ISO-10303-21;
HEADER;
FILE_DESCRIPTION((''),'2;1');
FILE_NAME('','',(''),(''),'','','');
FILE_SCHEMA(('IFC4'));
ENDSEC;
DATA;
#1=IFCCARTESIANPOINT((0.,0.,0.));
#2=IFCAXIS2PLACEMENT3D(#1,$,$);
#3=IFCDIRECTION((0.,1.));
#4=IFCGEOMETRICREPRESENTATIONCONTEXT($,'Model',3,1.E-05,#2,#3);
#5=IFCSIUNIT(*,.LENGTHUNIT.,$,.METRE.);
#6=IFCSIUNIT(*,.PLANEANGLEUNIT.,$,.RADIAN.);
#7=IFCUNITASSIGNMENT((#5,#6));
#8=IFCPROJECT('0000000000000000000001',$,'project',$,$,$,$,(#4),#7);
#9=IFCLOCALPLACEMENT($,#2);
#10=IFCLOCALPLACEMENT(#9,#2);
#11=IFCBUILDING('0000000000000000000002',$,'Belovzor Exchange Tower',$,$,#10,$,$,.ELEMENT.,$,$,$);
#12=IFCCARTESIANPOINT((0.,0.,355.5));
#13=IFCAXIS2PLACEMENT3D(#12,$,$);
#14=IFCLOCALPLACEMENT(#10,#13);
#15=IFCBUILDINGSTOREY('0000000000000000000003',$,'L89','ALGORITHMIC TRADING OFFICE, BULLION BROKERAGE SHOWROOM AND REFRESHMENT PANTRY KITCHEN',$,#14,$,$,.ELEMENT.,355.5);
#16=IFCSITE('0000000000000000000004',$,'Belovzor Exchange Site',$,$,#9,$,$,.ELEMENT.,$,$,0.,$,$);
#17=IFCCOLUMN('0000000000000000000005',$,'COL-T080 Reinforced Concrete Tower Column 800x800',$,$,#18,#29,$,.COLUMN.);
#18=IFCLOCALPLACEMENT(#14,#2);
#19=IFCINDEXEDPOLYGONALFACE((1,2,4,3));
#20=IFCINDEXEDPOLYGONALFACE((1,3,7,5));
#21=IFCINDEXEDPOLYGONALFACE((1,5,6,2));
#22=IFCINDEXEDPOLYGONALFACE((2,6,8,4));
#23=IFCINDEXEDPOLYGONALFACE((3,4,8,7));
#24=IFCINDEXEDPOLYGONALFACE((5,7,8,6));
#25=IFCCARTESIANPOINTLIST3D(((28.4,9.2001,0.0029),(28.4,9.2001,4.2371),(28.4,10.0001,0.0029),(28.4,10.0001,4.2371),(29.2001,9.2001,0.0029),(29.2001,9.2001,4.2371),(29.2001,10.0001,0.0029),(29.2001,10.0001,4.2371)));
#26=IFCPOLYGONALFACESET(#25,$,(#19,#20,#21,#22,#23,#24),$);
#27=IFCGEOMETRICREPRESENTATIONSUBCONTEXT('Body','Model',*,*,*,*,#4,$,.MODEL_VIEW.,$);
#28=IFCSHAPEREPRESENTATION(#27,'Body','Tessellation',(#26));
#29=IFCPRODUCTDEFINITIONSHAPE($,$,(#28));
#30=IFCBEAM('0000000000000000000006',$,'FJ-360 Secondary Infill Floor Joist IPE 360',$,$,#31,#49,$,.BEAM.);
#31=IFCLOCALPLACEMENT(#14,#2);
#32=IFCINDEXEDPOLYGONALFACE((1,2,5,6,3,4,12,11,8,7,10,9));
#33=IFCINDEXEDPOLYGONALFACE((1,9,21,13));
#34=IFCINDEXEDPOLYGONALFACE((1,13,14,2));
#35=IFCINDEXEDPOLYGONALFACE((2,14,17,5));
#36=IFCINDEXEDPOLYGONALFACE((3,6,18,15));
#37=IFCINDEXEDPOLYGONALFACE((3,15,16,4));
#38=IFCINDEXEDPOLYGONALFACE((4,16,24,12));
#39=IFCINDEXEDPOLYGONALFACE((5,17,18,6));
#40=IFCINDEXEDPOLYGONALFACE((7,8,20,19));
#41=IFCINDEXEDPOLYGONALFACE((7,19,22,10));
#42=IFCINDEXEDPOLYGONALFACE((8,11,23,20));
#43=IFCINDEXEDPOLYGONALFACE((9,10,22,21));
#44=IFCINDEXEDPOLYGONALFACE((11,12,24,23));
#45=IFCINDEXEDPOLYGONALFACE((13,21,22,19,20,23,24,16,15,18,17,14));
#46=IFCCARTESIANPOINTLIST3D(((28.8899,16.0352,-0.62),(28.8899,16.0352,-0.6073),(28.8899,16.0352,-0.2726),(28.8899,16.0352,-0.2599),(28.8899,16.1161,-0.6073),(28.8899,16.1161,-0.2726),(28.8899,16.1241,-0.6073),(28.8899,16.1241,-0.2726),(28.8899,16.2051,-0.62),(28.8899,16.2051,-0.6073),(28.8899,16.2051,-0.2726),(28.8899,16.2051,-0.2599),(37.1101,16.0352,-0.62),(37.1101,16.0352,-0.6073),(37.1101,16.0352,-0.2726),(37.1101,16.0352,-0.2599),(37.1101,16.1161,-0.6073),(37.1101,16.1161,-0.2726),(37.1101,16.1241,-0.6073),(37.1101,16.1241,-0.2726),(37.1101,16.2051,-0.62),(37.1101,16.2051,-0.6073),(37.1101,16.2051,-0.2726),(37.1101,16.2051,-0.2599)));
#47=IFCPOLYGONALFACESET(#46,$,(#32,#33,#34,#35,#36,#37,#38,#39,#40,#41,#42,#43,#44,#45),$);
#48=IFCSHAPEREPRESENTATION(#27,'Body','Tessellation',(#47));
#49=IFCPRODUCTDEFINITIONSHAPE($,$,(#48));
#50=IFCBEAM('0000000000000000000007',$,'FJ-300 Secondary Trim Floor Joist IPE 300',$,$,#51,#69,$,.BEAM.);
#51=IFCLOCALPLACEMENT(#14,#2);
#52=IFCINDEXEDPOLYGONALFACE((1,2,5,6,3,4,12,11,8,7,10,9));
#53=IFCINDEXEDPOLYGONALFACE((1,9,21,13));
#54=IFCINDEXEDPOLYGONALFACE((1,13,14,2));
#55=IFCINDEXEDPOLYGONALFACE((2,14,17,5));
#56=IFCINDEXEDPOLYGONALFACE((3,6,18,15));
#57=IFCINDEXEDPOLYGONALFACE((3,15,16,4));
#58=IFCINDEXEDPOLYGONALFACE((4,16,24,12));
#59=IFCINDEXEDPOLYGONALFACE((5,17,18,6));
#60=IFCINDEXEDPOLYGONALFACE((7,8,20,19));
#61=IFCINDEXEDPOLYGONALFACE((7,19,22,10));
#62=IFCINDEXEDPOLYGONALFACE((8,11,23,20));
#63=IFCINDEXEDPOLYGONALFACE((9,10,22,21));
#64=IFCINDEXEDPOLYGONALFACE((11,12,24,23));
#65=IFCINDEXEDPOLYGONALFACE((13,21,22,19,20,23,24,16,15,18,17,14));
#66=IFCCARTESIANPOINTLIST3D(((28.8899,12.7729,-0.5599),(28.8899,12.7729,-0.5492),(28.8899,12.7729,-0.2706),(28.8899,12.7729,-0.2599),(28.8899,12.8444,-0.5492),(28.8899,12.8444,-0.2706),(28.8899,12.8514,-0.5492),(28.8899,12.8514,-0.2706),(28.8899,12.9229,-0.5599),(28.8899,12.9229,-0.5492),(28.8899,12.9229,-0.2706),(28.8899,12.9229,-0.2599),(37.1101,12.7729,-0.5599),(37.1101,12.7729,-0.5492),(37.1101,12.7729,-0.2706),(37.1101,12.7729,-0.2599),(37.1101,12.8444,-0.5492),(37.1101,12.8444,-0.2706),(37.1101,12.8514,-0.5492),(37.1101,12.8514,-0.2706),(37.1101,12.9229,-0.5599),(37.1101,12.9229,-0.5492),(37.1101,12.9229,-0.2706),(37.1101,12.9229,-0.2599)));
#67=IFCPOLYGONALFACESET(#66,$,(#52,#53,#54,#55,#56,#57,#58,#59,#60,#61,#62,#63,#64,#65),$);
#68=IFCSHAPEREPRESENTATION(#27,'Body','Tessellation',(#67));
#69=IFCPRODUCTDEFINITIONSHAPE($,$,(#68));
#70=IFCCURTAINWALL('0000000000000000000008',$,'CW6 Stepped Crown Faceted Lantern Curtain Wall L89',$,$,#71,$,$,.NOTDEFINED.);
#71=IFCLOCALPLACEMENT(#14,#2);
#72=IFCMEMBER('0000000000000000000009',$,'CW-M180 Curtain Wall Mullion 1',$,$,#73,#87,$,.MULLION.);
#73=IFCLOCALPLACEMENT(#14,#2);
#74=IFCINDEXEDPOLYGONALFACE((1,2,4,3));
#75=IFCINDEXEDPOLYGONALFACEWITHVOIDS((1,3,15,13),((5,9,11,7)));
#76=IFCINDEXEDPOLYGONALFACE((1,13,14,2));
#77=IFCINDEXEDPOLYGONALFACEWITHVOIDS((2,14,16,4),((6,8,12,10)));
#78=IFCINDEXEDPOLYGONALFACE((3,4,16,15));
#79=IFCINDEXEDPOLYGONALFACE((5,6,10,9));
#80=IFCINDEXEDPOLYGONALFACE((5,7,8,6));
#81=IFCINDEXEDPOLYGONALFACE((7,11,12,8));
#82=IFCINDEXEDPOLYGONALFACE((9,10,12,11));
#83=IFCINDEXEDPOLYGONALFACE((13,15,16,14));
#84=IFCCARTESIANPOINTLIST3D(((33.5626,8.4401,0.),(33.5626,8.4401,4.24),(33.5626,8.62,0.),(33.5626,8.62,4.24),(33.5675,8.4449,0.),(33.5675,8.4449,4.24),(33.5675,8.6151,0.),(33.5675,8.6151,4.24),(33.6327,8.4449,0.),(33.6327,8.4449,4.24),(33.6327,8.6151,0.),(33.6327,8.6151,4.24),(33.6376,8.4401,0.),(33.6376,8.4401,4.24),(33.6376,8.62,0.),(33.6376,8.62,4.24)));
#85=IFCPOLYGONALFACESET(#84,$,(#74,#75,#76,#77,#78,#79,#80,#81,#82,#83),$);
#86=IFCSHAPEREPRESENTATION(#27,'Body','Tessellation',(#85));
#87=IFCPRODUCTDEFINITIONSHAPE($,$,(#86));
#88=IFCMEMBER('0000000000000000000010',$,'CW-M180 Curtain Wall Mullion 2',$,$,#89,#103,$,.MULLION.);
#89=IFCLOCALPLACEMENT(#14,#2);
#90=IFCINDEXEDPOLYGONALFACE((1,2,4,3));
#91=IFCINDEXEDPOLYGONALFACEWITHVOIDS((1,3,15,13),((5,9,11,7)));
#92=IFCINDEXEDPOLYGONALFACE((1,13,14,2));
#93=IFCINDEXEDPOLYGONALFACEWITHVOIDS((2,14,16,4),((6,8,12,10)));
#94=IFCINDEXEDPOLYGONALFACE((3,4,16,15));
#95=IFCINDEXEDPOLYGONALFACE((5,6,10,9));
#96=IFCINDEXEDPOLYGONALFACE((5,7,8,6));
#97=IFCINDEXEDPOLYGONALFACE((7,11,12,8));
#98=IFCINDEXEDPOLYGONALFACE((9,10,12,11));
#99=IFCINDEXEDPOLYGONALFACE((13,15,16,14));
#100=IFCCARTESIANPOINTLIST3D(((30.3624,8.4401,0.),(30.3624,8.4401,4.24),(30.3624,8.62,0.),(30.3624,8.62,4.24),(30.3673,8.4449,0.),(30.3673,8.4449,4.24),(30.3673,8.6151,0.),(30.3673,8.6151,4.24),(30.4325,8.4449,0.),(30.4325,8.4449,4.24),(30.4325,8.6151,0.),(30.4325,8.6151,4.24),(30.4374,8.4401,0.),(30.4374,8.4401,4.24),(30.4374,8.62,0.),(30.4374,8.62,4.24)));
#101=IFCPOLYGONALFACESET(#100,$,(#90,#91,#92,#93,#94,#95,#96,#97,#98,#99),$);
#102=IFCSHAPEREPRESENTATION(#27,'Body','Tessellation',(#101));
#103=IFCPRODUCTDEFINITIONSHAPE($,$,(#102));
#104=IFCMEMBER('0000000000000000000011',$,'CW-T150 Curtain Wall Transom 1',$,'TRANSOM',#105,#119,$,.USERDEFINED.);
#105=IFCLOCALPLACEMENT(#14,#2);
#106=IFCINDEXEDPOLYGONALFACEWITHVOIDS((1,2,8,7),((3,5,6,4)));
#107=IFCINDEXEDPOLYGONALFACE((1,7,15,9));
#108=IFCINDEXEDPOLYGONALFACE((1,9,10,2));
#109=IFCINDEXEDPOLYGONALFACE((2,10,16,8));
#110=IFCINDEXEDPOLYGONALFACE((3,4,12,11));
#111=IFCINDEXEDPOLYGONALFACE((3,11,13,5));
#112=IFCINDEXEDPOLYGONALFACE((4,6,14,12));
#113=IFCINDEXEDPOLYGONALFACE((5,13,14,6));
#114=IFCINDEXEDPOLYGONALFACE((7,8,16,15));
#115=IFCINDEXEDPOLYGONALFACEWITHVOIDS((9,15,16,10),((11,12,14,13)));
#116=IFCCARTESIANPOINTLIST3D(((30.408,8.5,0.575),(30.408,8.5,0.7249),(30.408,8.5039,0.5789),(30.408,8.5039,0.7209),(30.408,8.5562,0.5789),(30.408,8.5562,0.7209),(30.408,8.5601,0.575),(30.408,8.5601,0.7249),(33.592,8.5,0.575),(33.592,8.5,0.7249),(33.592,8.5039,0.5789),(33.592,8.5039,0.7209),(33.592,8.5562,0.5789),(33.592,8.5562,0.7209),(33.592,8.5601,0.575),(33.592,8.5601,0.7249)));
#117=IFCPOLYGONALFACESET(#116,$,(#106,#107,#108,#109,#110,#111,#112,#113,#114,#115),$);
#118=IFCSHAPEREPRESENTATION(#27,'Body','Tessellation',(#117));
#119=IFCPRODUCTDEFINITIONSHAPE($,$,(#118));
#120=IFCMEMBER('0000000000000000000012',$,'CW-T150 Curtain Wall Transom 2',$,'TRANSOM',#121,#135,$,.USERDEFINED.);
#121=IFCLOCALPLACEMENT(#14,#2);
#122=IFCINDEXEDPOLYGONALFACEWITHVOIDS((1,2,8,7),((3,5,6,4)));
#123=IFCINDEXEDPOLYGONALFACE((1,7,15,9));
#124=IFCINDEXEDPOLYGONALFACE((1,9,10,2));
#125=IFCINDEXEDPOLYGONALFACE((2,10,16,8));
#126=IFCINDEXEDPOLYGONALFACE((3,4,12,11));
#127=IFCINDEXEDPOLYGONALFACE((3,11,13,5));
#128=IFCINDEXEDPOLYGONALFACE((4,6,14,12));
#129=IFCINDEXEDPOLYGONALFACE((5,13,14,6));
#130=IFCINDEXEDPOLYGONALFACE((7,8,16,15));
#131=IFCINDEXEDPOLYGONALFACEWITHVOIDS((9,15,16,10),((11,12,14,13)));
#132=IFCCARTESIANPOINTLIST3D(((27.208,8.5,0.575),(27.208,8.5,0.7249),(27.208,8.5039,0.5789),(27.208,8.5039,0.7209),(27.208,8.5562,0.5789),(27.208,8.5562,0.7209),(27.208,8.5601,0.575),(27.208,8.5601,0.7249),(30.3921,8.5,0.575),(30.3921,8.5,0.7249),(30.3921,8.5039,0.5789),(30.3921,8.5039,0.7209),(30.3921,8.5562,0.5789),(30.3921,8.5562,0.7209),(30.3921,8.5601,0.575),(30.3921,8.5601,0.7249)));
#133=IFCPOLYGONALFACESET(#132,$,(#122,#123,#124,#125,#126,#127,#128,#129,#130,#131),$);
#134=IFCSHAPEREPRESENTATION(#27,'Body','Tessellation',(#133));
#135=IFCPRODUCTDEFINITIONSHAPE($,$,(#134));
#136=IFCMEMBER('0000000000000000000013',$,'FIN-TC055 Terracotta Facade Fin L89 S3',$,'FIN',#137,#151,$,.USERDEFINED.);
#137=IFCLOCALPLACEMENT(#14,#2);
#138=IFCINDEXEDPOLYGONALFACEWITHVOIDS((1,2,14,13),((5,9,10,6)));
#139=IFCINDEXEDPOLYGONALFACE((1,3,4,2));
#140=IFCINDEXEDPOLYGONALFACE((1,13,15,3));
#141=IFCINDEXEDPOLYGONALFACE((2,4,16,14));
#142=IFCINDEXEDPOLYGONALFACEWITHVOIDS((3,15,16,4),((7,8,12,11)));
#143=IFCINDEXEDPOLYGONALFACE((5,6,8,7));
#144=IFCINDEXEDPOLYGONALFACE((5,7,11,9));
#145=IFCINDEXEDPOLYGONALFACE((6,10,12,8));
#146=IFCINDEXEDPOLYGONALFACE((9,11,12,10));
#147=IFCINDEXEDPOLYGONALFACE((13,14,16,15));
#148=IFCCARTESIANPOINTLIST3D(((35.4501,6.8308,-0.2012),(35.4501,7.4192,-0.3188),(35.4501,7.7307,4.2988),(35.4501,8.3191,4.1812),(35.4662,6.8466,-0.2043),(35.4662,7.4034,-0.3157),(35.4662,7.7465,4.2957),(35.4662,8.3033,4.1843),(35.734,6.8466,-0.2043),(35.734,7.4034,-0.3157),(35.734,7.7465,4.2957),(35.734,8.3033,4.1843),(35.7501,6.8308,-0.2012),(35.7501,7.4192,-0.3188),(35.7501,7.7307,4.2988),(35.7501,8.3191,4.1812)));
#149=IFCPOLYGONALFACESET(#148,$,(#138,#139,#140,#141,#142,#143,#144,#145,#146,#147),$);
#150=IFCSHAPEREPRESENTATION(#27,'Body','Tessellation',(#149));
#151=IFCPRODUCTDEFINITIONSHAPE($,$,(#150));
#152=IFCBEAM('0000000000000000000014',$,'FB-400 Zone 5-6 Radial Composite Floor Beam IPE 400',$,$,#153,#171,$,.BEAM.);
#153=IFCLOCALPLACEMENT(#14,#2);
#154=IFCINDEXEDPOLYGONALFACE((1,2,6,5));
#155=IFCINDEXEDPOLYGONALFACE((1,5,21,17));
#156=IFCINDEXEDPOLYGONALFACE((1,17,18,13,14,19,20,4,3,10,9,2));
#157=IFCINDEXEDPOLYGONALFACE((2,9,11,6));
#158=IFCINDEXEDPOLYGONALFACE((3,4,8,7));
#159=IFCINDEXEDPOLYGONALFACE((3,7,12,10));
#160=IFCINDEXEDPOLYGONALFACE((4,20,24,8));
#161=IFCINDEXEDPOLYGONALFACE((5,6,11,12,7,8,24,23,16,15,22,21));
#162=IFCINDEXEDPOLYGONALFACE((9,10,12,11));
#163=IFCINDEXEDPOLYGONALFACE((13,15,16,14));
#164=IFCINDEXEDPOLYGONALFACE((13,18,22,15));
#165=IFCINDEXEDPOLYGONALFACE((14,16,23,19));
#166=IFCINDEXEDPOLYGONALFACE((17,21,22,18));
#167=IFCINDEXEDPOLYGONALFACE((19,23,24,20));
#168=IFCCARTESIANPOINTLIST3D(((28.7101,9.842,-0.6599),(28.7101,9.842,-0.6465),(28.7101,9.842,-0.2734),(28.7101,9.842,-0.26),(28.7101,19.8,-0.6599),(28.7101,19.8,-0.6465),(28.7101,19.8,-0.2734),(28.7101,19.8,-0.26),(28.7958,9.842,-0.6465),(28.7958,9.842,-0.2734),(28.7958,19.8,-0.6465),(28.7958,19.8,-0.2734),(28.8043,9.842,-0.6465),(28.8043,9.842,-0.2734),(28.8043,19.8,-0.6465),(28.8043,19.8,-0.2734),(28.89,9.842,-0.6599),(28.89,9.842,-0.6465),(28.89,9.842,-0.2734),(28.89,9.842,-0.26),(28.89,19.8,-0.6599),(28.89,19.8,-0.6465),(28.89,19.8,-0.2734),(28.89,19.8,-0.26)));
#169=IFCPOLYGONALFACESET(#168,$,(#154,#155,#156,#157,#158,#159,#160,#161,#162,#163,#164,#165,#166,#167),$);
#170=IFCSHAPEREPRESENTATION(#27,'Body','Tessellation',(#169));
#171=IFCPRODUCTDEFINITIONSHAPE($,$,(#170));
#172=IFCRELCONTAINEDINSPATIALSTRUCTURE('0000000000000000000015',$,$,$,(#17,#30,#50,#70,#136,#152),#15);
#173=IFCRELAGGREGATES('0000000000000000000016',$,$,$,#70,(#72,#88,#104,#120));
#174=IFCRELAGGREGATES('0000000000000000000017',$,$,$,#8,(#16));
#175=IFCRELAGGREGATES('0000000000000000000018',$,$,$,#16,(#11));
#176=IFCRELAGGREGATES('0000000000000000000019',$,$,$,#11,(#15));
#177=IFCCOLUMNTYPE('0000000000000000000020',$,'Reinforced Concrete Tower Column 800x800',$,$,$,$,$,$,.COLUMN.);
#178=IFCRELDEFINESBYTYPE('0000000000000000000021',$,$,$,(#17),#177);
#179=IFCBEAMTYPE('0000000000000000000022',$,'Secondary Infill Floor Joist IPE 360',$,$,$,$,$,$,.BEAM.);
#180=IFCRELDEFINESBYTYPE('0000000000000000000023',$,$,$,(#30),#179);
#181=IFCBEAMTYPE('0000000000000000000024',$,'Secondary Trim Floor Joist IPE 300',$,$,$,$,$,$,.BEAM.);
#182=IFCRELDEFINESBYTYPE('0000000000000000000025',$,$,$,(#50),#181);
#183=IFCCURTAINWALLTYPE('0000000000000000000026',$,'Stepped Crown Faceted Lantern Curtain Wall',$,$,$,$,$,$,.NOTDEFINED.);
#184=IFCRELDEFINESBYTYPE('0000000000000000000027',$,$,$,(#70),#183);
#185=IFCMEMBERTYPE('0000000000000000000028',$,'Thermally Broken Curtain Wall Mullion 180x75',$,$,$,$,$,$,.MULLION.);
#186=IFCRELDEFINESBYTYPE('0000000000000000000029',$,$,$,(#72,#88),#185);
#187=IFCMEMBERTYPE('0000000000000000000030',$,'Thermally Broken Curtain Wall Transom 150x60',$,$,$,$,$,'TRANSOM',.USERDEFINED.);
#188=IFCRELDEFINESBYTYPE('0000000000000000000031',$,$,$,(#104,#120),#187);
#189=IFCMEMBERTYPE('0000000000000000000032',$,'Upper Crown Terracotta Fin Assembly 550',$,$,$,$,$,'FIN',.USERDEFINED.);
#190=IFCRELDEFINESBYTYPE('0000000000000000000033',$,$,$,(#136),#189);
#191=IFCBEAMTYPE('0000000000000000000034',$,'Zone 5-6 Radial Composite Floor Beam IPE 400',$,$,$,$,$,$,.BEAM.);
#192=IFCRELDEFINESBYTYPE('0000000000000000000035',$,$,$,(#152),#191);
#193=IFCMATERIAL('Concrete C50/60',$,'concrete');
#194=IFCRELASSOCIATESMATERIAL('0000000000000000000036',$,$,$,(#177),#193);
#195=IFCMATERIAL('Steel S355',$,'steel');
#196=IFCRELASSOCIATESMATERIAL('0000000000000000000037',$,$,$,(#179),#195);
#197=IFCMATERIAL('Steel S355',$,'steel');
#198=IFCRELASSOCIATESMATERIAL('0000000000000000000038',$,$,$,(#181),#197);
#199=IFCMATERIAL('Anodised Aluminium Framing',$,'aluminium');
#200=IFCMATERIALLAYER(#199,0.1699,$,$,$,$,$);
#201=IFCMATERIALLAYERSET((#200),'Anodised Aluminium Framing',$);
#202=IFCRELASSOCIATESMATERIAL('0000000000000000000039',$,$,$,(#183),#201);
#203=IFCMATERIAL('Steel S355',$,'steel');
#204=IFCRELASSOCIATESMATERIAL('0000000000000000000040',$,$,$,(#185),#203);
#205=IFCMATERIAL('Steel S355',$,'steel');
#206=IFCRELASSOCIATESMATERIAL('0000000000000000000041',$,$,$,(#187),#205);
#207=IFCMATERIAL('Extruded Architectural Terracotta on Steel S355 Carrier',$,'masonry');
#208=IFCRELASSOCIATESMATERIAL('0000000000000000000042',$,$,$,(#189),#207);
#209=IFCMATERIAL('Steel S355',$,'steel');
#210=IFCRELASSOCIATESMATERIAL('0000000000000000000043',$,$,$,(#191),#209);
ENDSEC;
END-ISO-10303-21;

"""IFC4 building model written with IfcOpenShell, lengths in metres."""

from ifc_helpers import new_model, si_unit, direction, frame, origin, origin_2d, place, context, subcontext, project, spatial, rectangle, hollow_rectangle, i_section, extrude, material, layer, layer_set, material_profile, profile_set, type_object, element, aggregate, save


model = new_model("IFC4")

# Units and contexts
model_context = context("Model", 3, precision=1e-05, world=origin(), true_north=direction((0.0, 1.0)))
body_context = subcontext(model_context, "Body", "Model", "MODEL_VIEW")
ifc_project = project(units=[si_unit("LENGTHUNIT", "METRE"), si_unit("PLANEANGLEUNIT", "RADIAN")], contexts=[model_context])

# Site, building, storey
site_placement = place(None, origin())
site = spatial("IfcSite", under=ifc_project, at=site_placement, Name="Belovzor Exchange Site", CompositionType="ELEMENT", RefElevation=0.0)
building_placement = place(site_placement, origin())
building = spatial("IfcBuilding", under=site, at=building_placement, Name="Belovzor Exchange Tower", CompositionType="ELEMENT")
storey_placement = place(building_placement, frame((0.0, 0.0, 355.5)))
storey = spatial("IfcBuildingStorey", under=building, at=storey_placement, Name="L89", Description="ALGORITHMIC TRADING OFFICE, BULLION BROKERAGE SHOWROOM AND REFRESHMENT PANTRY KITCHEN", CompositionType="ELEMENT", Elevation=355.5)

# Column
ifc_material_1 = material(Name="Concrete C50/60", Category="concrete")
ifc_material_profile_1 = material_profile(ifc_material_1, rectangle(XDim=0.8, YDim=0.8, at=origin_2d()))
ifc_profile_set_1 = profile_set([ifc_material_profile_1], Name="Concrete C50/60")
column_type = type_object("IfcColumnType", Name="Reinforced Concrete Tower Column 800x800", PredefinedType="COLUMN", material=ifc_profile_set_1)
column_placement = place(storey_placement, frame((28.8, 9.6001, 0.0029), z_axis=(0.0, 0.0, 1.0), x_axis=(1.0, 0.0, 0.0)))
element("IfcColumn", 1, at=column_placement, inside=storey, type_object=column_type, Name="COL-T080 Reinforced Concrete Tower Column 800x800", PredefinedType="COLUMN", context=body_context, shape_type="SweptSolid", body=[
    extrude(rectangle(XDim=0.8, YDim=0.8, at=origin_2d()), origin(), (0.0, 0.0, 1.0), 4.2341),
])

# Beams
ifc_material_2 = material(Name="Steel S355", Category="steel")
ifc_material_profile_2 = material_profile(ifc_material_2, i_section(OverallWidth=0.1699, OverallDepth=0.3601, WebThickness=0.0081, FlangeThickness=0.0127, at=origin_2d()))
ifc_profile_set_2 = profile_set([ifc_material_profile_2], Name="Steel S355")
beam_type_1 = type_object("IfcBeamType", Name="Secondary Infill Floor Joist IPE 360", PredefinedType="BEAM", material=ifc_profile_set_2)
beam_1_placement = place(storey_placement, frame((28.8899, 16.1201, -0.4399), z_axis=(1.0, 0.0, 0.0), x_axis=(0.0, 1.0, 0.0)))
element("IfcBeam", 2, at=beam_1_placement, inside=storey, type_object=beam_type_1, Name="FJ-360 Secondary Infill Floor Joist IPE 360", PredefinedType="BEAM", context=body_context, shape_type="SweptSolid", body=[
    extrude(i_section(OverallWidth=0.1699, OverallDepth=0.3601, WebThickness=0.0081, FlangeThickness=0.0127, at=origin_2d()), origin(), (0.0, 0.0, 1.0), 8.2202),
])
ifc_material_3 = material(Name="Steel S355", Category="steel")
ifc_material_profile_3 = material_profile(ifc_material_3, i_section(OverallWidth=0.1499, OverallDepth=0.3, WebThickness=0.0071, FlangeThickness=0.0107, at=origin_2d()))
ifc_profile_set_3 = profile_set([ifc_material_profile_3], Name="Steel S355")
beam_type_2 = type_object("IfcBeamType", Name="Secondary Trim Floor Joist IPE 300", PredefinedType="BEAM", material=ifc_profile_set_3)
beam_2_placement = place(storey_placement, frame((28.8899, 12.8479, -0.4099), z_axis=(1.0, 0.0, 0.0), x_axis=(0.0, 1.0, 0.0)))
element("IfcBeam", 3, at=beam_2_placement, inside=storey, type_object=beam_type_2, Name="FJ-300 Secondary Trim Floor Joist IPE 300", PredefinedType="BEAM", context=body_context, shape_type="SweptSolid", body=[
    extrude(i_section(OverallWidth=0.1499, OverallDepth=0.3, WebThickness=0.0071, FlangeThickness=0.0107, at=origin_2d()), origin(), (0.0, 0.0, 1.0), 8.2202),
])

# Curtain wall, members
ifc_material_4 = material(Name="Anodised Aluminium Framing", Category="aluminium")
ifc_layer_1 = layer(ifc_material_4, 0.1699)
ifc_layer_set_1 = layer_set([ifc_layer_1], Name="Anodised Aluminium Framing")
curtain_wall_type = type_object("IfcCurtainWallType", Name="Stepped Crown Faceted Lantern Curtain Wall", PredefinedType="NOTDEFINED", material=ifc_layer_set_1)
curtain_wall_placement = place(storey_placement, origin())
curtain_wall = element("IfcCurtainWall", 4, at=curtain_wall_placement, inside=storey, type_object=curtain_wall_type, Name="CW6 Stepped Crown Faceted Lantern Curtain Wall L89", PredefinedType="NOTDEFINED")
ifc_material_5 = material(Name="Steel S355", Category="steel")
ifc_material_profile_4 = material_profile(ifc_material_5, hollow_rectangle(XDim=0.075, YDim=0.1799, WallThickness=0.0049, at=origin_2d()))
ifc_profile_set_4 = profile_set([ifc_material_profile_4], Name="Steel S355")
member_type_1 = type_object("IfcMemberType", Name="Thermally Broken Curtain Wall Mullion 180x75", PredefinedType="MULLION", material=ifc_profile_set_4)
member_1_placement = place(storey_placement, frame((33.6001, 8.53, 0.0), z_axis=(0.0, 0.0, 1.0), x_axis=(-1.0, 0.0, 0.0)))
member_1 = element("IfcMember", 5, at=member_1_placement, type_object=member_type_1, Name="CW-M180 Curtain Wall Mullion 1", PredefinedType="MULLION", context=body_context, shape_type="SweptSolid", body=[
    extrude(hollow_rectangle(XDim=0.075, YDim=0.1799, WallThickness=0.0049, at=origin_2d()), origin(), (0.0, 0.0, 1.0), 4.24),
])
member_2_placement = place(storey_placement, frame((30.3999, 8.53, 0.0), z_axis=(0.0, 0.0, 1.0), x_axis=(-1.0, 0.0, 0.0)))
member_2 = element("IfcMember", 6, at=member_2_placement, type_object=member_type_1, Name="CW-M180 Curtain Wall Mullion 2", PredefinedType="MULLION", context=body_context, shape_type="SweptSolid", body=[
    extrude(hollow_rectangle(XDim=0.075, YDim=0.1799, WallThickness=0.0049, at=origin_2d()), origin(), (0.0, 0.0, 1.0), 4.24),
])
ifc_material_6 = material(Name="Steel S355", Category="steel")
ifc_material_profile_5 = material_profile(ifc_material_6, hollow_rectangle(XDim=0.0601, YDim=0.1499, WallThickness=0.0039, at=origin_2d()))
ifc_profile_set_5 = profile_set([ifc_material_profile_5], Name="Steel S355")
member_type_2 = type_object("IfcMemberType", Name="Thermally Broken Curtain Wall Transom 150x60", ElementType="TRANSOM", PredefinedType="USERDEFINED", material=ifc_profile_set_5)
member_3_placement = place(storey_placement, frame((33.592, 8.53, 0.6499), z_axis=(-1.0, 0.0, 0.0), x_axis=(0.0, -1.0, 0.0)))
member_3 = element("IfcMember", 7, at=member_3_placement, type_object=member_type_2, Name="CW-T150 Curtain Wall Transom 1", ObjectType="TRANSOM", PredefinedType="USERDEFINED", context=body_context, shape_type="SweptSolid", body=[
    extrude(hollow_rectangle(XDim=0.0601, YDim=0.1499, WallThickness=0.0039, at=origin_2d()), origin(), (0.0, 0.0, 1.0), 3.1841),
])
member_4_placement = place(storey_placement, frame((30.3921, 8.53, 0.6499), z_axis=(-1.0, 0.0, 0.0), x_axis=(0.0, -1.0, 0.0)))
member_4 = element("IfcMember", 8, at=member_4_placement, type_object=member_type_2, Name="CW-T150 Curtain Wall Transom 2", ObjectType="TRANSOM", PredefinedType="USERDEFINED", context=body_context, shape_type="SweptSolid", body=[
    extrude(hollow_rectangle(XDim=0.0601, YDim=0.1499, WallThickness=0.0039, at=origin_2d()), origin(), (0.0, 0.0, 1.0), 3.1841),
])

# Member
ifc_material_7 = material(Name="Extruded Architectural Terracotta on Steel S355 Carrier", Category="masonry")
ifc_material_profile_6 = material_profile(ifc_material_7, hollow_rectangle(XDim=0.3, YDim=0.6001, WallThickness=0.0161, at=origin_2d()))
ifc_profile_set_6 = profile_set([ifc_material_profile_6], Name="Extruded Architectural Terracotta on Steel S355 Carrier")
member_type_3 = type_object("IfcMemberType", Name="Upper Crown Terracotta Fin Assembly 550", ElementType="FIN", PredefinedType="USERDEFINED", material=ifc_profile_set_6)
member_5_placement = place(storey_placement, frame((35.6001, 7.125, -0.26), z_axis=(0.0, 0.196096, 0.980585), x_axis=(-1.0, 0.0, 0.0)))
element("IfcMember", 9, at=member_5_placement, inside=storey, type_object=member_type_3, Name="FIN-TC055 Terracotta Facade Fin L89 S3", ObjectType="FIN", PredefinedType="USERDEFINED", context=body_context, shape_type="SweptSolid", body=[
    extrude(hollow_rectangle(XDim=0.3, YDim=0.6001, WallThickness=0.0161, at=origin_2d()), origin(), (0.0, 0.0, 1.0), 4.5891),
])

# Beam
ifc_material_8 = material(Name="Steel S355", Category="steel")
ifc_material_profile_7 = material_profile(ifc_material_8, i_section(OverallWidth=0.1799, OverallDepth=0.3999, WebThickness=0.0085, FlangeThickness=0.0134, at=origin_2d()))
ifc_profile_set_7 = profile_set([ifc_material_profile_7], Name="Steel S355")
beam_type_3 = type_object("IfcBeamType", Name="Zone 5-6 Radial Composite Floor Beam IPE 400", PredefinedType="BEAM", material=ifc_profile_set_7)
beam_3_placement = place(storey_placement, frame((28.8, 19.8, -0.46), z_axis=(0.0, -1.0, 0.0), x_axis=(1.0, 0.0, 0.0)))
element("IfcBeam", 10, at=beam_3_placement, inside=storey, type_object=beam_type_3, Name="FB-400 Zone 5-6 Radial Composite Floor Beam IPE 400", PredefinedType="BEAM", context=body_context, shape_type="SweptSolid", body=[
    extrude(i_section(OverallWidth=0.1799, OverallDepth=0.3999, WebThickness=0.0085, FlangeThickness=0.0134, at=origin_2d()), origin(), (0.0, 0.0, 1.0), 9.958),
])

aggregate(curtain_wall, [member_1, member_2, member_3, member_4])

save(model, "model.ifc")
